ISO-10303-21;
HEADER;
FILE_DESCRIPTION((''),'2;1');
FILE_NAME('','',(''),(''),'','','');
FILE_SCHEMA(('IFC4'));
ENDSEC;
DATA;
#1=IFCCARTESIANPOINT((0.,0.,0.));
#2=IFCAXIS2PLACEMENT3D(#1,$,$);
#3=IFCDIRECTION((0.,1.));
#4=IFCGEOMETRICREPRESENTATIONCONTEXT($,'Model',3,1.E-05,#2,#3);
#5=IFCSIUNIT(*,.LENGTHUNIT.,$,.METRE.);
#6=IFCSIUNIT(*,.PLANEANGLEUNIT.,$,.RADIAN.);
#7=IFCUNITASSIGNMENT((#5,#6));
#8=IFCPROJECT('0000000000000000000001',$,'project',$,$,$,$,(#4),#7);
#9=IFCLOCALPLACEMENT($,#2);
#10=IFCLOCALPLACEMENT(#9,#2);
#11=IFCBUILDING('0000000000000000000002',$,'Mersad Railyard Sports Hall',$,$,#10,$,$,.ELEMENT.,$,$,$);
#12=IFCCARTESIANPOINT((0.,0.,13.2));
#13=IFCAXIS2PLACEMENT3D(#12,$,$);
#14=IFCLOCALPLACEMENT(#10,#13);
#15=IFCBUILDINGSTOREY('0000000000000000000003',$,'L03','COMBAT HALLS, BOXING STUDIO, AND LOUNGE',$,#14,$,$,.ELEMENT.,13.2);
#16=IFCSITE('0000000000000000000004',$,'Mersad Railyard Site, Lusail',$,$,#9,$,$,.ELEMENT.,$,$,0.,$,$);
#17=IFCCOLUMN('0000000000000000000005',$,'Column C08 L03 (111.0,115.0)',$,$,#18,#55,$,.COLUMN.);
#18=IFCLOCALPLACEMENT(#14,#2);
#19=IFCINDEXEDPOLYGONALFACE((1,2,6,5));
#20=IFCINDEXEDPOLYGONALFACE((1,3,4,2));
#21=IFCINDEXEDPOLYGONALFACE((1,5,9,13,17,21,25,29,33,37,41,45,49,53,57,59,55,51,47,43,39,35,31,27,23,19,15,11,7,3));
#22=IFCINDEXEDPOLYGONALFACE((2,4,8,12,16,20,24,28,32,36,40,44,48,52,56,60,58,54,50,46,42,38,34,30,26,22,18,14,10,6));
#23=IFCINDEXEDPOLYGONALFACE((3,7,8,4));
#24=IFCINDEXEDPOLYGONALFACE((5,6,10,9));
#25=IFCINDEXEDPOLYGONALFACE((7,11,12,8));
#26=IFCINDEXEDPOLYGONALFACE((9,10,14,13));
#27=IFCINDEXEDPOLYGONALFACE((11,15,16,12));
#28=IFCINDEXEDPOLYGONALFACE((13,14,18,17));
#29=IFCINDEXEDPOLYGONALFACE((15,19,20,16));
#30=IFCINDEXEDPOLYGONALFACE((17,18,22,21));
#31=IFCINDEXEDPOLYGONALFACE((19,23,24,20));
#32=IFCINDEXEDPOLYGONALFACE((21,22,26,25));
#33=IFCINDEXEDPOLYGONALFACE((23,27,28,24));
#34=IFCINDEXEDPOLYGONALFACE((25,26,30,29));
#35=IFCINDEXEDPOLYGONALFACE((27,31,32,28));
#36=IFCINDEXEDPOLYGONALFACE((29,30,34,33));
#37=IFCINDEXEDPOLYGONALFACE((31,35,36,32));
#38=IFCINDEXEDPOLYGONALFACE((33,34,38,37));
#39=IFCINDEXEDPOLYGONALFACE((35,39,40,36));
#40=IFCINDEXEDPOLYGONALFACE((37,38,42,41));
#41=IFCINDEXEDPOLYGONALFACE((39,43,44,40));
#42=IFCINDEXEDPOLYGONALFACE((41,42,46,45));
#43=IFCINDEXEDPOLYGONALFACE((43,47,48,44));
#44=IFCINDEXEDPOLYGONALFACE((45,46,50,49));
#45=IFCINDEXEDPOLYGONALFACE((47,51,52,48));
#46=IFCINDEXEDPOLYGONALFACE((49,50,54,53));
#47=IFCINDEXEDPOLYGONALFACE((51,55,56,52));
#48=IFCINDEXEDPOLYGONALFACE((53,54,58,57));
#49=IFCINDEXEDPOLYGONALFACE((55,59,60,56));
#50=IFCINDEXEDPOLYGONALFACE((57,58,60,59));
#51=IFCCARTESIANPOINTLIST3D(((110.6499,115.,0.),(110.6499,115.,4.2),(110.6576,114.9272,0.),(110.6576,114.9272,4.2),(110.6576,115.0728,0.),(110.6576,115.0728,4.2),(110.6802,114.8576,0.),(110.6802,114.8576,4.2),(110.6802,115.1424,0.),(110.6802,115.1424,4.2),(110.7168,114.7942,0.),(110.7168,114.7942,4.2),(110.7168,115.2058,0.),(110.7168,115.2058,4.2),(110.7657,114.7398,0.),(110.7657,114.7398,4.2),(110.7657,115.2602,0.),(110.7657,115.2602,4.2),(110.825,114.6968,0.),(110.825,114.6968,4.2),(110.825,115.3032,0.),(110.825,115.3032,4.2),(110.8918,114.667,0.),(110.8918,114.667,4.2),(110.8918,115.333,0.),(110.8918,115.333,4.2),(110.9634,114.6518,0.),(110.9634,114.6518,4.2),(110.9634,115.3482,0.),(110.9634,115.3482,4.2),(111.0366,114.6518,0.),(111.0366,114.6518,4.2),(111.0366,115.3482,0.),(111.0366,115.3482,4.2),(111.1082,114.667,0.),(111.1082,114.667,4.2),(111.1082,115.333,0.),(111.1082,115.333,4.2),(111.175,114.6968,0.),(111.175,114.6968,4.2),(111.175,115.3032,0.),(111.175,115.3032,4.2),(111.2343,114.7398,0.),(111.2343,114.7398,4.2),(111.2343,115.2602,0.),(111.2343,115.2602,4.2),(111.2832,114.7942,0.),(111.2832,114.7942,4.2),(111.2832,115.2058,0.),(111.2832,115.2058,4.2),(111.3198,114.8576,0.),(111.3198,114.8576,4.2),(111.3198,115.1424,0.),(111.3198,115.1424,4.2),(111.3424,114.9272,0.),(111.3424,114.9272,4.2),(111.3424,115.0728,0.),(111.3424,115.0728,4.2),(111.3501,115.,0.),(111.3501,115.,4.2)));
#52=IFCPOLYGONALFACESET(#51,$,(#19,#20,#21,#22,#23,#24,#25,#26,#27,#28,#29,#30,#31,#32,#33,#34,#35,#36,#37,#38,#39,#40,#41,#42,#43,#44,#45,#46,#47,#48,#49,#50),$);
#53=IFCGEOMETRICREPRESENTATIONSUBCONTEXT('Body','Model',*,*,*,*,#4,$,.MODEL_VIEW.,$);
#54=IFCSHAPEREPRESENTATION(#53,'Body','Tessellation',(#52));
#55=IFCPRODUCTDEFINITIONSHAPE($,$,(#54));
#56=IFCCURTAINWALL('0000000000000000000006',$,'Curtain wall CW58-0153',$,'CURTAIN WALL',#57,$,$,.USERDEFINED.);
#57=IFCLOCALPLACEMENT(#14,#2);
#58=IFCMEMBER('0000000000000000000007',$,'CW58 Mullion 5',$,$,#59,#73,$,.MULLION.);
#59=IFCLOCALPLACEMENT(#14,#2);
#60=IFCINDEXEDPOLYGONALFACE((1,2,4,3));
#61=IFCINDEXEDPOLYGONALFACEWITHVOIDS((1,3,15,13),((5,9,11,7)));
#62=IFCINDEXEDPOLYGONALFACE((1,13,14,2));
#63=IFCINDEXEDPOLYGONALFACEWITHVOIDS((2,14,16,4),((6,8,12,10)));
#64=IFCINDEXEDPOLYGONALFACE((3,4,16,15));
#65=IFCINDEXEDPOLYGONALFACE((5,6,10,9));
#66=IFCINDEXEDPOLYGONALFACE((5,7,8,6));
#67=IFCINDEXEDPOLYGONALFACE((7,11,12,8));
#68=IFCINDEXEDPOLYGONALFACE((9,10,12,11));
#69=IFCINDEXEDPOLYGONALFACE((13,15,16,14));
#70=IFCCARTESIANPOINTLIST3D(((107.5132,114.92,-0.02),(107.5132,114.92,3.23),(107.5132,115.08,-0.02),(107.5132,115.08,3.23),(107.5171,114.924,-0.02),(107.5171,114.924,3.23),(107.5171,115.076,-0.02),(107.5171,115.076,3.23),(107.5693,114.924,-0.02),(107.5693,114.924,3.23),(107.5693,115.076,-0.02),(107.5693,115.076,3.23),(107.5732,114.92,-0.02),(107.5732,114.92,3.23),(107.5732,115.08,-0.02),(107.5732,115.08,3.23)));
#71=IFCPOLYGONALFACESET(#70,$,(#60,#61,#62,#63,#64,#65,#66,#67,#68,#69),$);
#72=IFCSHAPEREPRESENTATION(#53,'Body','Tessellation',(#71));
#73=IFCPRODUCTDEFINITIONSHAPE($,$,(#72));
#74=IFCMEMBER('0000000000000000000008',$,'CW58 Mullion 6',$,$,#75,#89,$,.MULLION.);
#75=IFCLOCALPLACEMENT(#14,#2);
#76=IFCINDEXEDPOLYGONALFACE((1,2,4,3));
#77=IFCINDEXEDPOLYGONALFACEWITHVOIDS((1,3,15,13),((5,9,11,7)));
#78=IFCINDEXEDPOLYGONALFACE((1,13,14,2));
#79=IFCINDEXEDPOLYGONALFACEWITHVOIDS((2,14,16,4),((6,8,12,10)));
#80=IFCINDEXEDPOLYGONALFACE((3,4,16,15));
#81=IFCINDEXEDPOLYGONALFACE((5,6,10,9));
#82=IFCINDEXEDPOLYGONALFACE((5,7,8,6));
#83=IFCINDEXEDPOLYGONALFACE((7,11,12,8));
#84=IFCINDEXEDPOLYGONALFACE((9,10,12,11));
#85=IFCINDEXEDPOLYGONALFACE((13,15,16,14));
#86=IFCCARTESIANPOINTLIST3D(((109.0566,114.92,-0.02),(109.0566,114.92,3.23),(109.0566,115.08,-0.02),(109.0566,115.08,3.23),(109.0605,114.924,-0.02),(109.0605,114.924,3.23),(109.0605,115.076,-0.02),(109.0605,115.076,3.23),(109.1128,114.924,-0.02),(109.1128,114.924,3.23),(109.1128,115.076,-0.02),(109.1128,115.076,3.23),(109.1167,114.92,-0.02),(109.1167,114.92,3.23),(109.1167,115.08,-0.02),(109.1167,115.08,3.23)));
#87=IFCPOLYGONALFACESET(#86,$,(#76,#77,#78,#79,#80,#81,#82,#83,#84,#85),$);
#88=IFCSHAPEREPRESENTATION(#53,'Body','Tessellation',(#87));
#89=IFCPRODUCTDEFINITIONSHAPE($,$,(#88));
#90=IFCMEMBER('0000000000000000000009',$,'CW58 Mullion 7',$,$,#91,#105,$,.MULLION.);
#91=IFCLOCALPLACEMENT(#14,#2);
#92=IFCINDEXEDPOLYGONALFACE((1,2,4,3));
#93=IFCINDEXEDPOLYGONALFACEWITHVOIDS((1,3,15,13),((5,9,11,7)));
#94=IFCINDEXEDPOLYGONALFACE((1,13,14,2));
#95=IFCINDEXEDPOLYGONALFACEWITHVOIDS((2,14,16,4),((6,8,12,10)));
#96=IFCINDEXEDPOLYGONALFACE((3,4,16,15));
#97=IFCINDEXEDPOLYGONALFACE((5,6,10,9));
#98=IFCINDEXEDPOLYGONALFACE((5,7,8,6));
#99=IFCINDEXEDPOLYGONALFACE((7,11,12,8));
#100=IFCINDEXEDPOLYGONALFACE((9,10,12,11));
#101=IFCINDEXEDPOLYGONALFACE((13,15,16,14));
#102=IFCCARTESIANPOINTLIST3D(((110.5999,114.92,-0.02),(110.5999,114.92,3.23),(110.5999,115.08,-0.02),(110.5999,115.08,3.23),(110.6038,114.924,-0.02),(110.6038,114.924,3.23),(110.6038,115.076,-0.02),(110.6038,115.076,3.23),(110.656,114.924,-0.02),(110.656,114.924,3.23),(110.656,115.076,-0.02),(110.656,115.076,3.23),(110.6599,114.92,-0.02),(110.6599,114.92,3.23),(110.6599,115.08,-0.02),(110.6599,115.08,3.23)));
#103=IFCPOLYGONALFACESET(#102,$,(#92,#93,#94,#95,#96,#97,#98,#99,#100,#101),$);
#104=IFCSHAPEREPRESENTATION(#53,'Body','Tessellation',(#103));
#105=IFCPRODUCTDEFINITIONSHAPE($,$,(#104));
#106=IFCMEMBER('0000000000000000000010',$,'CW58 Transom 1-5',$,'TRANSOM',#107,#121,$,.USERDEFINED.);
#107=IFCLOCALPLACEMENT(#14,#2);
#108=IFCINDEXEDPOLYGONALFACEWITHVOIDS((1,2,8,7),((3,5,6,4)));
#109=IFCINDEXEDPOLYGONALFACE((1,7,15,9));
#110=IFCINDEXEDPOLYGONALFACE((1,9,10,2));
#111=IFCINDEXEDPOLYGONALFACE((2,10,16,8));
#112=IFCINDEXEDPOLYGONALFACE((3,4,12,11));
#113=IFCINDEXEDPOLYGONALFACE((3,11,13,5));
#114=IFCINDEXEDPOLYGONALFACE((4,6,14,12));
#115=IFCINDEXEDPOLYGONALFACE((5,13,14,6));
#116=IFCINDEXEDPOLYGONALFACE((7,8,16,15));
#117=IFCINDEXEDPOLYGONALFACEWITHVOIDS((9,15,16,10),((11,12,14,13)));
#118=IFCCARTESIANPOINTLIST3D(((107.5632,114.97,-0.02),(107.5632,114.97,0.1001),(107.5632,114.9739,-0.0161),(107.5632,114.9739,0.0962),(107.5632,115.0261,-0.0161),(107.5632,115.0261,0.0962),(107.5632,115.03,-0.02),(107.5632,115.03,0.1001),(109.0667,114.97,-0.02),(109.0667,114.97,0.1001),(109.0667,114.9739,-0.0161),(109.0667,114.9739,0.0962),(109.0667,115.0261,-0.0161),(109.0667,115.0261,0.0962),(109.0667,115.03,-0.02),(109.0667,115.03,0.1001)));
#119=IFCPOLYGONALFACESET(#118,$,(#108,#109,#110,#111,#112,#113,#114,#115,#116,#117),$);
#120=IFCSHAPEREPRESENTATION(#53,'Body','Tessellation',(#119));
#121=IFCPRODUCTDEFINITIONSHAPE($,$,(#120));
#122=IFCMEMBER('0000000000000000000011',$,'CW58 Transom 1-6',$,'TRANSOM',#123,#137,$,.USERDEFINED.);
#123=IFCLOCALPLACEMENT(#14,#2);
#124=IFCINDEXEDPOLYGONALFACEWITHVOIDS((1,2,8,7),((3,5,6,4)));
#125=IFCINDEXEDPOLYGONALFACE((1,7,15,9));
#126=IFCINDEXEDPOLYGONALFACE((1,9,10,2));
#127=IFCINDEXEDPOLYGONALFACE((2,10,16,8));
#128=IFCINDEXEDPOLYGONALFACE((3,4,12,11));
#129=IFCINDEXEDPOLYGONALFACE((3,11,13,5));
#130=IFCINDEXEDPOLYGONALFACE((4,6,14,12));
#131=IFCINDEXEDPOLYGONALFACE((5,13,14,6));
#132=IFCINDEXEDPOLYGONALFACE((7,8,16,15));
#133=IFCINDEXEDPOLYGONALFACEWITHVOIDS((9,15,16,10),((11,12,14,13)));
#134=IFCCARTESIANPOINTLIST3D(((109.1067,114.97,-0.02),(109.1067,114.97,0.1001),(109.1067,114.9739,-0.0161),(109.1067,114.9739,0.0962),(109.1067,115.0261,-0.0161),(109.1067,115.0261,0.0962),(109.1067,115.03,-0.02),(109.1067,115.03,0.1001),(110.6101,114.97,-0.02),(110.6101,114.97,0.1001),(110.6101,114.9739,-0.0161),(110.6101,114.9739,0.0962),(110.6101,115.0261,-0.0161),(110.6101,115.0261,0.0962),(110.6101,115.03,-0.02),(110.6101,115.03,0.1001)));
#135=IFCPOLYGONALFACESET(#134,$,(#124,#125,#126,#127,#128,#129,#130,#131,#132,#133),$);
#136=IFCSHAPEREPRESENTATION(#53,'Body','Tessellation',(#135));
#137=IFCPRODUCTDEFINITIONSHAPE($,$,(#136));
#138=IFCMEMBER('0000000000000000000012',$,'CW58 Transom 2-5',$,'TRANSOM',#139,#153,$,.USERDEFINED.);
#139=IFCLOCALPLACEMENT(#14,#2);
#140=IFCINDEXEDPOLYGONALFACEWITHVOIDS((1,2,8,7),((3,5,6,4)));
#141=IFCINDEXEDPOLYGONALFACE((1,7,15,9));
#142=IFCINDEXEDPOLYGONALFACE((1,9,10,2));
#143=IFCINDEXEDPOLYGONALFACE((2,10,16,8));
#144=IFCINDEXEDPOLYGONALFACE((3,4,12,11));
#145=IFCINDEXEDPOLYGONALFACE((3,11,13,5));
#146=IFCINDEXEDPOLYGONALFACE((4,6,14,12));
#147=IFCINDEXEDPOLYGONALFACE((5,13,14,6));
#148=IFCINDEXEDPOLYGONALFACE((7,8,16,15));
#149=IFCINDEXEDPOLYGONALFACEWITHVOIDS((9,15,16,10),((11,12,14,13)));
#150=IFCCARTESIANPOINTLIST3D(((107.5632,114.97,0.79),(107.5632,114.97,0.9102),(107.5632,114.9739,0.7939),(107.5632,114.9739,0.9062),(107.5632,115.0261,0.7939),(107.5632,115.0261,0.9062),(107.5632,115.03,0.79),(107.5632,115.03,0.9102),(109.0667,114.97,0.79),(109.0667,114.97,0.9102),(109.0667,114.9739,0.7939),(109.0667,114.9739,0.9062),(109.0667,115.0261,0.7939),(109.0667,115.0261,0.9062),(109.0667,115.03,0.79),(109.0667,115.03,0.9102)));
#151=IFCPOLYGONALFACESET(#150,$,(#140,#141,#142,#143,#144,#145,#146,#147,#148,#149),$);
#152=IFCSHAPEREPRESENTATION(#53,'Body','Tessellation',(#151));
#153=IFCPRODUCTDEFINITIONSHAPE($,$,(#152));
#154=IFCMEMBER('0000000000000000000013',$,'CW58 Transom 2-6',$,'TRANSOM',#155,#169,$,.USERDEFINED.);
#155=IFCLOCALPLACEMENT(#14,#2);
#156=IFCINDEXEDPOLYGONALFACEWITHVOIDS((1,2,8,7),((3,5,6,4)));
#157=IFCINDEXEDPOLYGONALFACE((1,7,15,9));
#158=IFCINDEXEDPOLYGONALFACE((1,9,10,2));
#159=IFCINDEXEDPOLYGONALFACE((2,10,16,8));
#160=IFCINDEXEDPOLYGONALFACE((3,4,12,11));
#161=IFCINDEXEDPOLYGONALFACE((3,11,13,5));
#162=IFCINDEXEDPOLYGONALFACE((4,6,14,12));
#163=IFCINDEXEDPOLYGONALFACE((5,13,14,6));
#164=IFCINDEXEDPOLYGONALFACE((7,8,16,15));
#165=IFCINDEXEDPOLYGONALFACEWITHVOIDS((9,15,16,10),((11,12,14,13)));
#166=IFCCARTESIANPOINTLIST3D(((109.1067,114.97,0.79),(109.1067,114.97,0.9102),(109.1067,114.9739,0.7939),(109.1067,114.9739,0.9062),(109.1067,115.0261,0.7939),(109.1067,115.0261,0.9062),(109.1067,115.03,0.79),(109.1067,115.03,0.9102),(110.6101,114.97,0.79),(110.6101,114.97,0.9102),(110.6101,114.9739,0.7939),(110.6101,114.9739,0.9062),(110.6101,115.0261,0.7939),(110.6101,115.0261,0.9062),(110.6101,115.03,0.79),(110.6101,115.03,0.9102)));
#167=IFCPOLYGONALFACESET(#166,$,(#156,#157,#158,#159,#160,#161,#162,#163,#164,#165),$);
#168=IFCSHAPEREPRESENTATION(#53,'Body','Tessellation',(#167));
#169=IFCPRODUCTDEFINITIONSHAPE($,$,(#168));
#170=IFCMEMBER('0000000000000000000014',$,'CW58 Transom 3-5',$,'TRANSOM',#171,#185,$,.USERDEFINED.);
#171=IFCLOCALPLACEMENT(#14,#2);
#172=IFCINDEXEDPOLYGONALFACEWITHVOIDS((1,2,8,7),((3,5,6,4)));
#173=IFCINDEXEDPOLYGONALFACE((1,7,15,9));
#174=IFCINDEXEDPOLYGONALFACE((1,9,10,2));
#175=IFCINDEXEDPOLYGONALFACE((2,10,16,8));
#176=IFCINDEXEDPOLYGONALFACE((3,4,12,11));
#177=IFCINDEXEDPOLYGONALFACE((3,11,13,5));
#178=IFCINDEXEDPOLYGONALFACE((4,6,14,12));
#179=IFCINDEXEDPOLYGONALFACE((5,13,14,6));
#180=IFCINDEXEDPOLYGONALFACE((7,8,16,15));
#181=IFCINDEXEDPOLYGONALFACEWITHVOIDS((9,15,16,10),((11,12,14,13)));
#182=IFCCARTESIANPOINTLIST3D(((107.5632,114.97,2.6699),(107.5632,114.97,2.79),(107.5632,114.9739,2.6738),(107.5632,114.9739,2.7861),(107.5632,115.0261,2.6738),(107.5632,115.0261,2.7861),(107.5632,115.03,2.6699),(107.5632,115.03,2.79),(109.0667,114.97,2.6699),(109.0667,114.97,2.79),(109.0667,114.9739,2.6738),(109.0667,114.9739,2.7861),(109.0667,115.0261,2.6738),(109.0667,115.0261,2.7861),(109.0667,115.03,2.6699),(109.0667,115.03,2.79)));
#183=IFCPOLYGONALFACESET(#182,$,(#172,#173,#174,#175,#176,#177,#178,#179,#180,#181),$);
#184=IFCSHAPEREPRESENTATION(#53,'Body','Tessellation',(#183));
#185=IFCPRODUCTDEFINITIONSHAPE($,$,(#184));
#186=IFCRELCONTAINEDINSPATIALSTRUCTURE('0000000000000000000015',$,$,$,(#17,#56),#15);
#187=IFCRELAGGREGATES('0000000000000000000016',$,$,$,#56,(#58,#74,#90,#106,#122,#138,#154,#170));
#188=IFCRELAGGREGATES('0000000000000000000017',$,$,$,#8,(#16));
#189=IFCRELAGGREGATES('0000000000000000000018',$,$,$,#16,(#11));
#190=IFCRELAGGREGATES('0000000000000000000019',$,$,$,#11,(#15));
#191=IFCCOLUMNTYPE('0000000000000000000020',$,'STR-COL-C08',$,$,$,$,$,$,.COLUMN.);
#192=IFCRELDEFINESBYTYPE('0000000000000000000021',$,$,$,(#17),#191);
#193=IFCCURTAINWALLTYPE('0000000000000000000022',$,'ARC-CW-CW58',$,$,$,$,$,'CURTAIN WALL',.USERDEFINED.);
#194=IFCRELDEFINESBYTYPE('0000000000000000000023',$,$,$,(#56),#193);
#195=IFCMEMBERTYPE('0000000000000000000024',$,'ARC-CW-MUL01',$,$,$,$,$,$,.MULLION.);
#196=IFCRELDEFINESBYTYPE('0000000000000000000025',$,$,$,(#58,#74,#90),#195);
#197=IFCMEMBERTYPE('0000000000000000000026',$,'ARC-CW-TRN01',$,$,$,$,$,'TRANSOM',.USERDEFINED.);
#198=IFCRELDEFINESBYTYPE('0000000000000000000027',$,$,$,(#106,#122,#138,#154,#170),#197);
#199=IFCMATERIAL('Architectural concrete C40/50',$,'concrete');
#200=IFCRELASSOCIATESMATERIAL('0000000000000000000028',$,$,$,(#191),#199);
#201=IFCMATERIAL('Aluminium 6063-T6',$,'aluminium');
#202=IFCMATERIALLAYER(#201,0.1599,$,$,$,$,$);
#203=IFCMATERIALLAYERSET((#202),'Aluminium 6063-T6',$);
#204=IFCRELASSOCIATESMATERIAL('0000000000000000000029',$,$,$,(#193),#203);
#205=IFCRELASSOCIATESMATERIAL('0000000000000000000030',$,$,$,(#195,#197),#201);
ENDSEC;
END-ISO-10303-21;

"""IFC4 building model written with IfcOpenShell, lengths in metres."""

from ifc_helpers import new_model, si_unit, direction, frame, origin, origin_2d, place, context, subcontext, project, spatial, hollow_rectangle, circle, extrude, material, layer, layer_set, material_profile, profile_set, type_object, element, aggregate, save


model = new_model("IFC4")

# Units and contexts
model_context = context("Model", 3, precision=1e-05, world=origin(), true_north=direction((0.0, 1.0)))
body_context = subcontext(model_context, "Body", "Model", "MODEL_VIEW")
ifc_project = project(units=[si_unit("LENGTHUNIT", "METRE"), si_unit("PLANEANGLEUNIT", "RADIAN")], contexts=[model_context])

# Site, building, storey
site_placement = place(None, origin())
site = spatial("IfcSite", under=ifc_project, at=site_placement, Name="Mersad Railyard Site, Lusail", CompositionType="ELEMENT", RefElevation=0.0)
building_placement = place(site_placement, origin())
building = spatial("IfcBuilding", under=site, at=building_placement, Name="Mersad Railyard Sports Hall", CompositionType="ELEMENT")
storey_placement = place(building_placement, frame((0.0, 0.0, 13.2)))
storey = spatial("IfcBuildingStorey", under=building, at=storey_placement, Name="L03", Description="COMBAT HALLS, BOXING STUDIO, AND LOUNGE", CompositionType="ELEMENT", Elevation=13.2)

# Column
ifc_material_1 = material(Name="Architectural concrete C40/50", Category="concrete")
ifc_material_profile_1 = material_profile(ifc_material_1, circle(Radius=0.3501, at=origin_2d()), Name="RC D700")
ifc_profile_set_1 = profile_set([ifc_material_profile_1], Name="Architectural concrete C40/50")
column_type = type_object("IfcColumnType", Name="STR-COL-C08", PredefinedType="COLUMN", material=ifc_profile_set_1)
column_placement = place(storey_placement, frame((111.0, 115.0, 0.0), z_axis=(0.0, 0.0, 1.0), x_axis=(1.0, 0.0, 0.0)))
element("IfcColumn", 1, at=column_placement, inside=storey, type_object=column_type, Name="Column C08 L03 (111.0,115.0)", PredefinedType="COLUMN", context=body_context, shape_type="SweptSolid", body=[
    extrude(circle(Radius=0.3501, at=origin_2d()), origin(), (0.0, 0.0, 1.0), 4.2),
])

# Curtain wall, members
ifc_material_2 = material(Name="Aluminium 6063-T6", Category="aluminium")
ifc_layer_1 = layer(ifc_material_2, 0.1599)
ifc_layer_set_1 = layer_set([ifc_layer_1], Name="Aluminium 6063-T6")
curtain_wall_type = type_object("IfcCurtainWallType", Name="ARC-CW-CW58", ElementType="CURTAIN WALL", PredefinedType="USERDEFINED", material=ifc_layer_set_1)
curtain_wall_placement = place(storey_placement, origin())
curtain_wall = element("IfcCurtainWall", 2, at=curtain_wall_placement, inside=storey, type_object=curtain_wall_type, Name="Curtain wall CW58-0153", ObjectType="CURTAIN WALL", PredefinedType="USERDEFINED")
ifc_material_profile_2 = material_profile(ifc_material_2, hollow_rectangle(XDim=0.0601, YDim=0.1599, WallThickness=0.0039, at=origin_2d()), Name="AL MULLION 60x160x4")
ifc_profile_set_2 = profile_set([ifc_material_profile_2], Name="Aluminium 6063-T6")
member_type_1 = type_object("IfcMemberType", Name="ARC-CW-MUL01", PredefinedType="MULLION", material=ifc_profile_set_2)
member_1_placement = place(storey_placement, frame((107.5432, 115.0, -0.02), z_axis=(0.0, 0.0, 1.0), x_axis=(1.0, 0.0, 0.0)))
member_1 = element("IfcMember", 3, at=member_1_placement, type_object=member_type_1, Name="CW58 Mullion 5", PredefinedType="MULLION", context=body_context, shape_type="SweptSolid", body=[
    extrude(hollow_rectangle(XDim=0.0601, YDim=0.1599, WallThickness=0.0039, at=origin_2d()), origin(), (0.0, 0.0, 1.0), 3.25),
])
member_2_placement = place(storey_placement, frame((109.0867, 115.0, -0.02), z_axis=(0.0, 0.0, 1.0), x_axis=(1.0, 0.0, 0.0)))
member_2 = element("IfcMember", 4, at=member_2_placement, type_object=member_type_1, Name="CW58 Mullion 6", PredefinedType="MULLION", context=body_context, shape_type="SweptSolid", body=[
    extrude(hollow_rectangle(XDim=0.0601, YDim=0.1599, WallThickness=0.0039, at=origin_2d()), origin(), (0.0, 0.0, 1.0), 3.25),
])
member_3_placement = place(storey_placement, frame((110.6299, 115.0, -0.02), z_axis=(0.0, 0.0, 1.0), x_axis=(1.0, 0.0, 0.0)))
member_3 = element("IfcMember", 5, at=member_3_placement, type_object=member_type_1, Name="CW58 Mullion 7", PredefinedType="MULLION", context=body_context, shape_type="SweptSolid", body=[
    extrude(hollow_rectangle(XDim=0.0601, YDim=0.1599, WallThickness=0.0039, at=origin_2d()), origin(), (0.0, 0.0, 1.0), 3.25),
])
ifc_material_profile_3 = material_profile(ifc_material_2, hollow_rectangle(XDim=0.0601, YDim=0.1201, WallThickness=0.0039, at=origin_2d()), Name="AL TRANSOM 60x120x4")
ifc_profile_set_3 = profile_set([ifc_material_profile_3], Name="Aluminium 6063-T6")
member_type_2 = type_object("IfcMemberType", Name="ARC-CW-TRN01", ElementType="TRANSOM", PredefinedType="USERDEFINED", material=ifc_profile_set_3)
member_4_placement = place(storey_placement, frame((107.5632, 115.0, 0.04), z_axis=(1.0, 0.0, 0.0), x_axis=(0.0, 1.0, 0.0)))
member_4 = element("IfcMember", 6, at=member_4_placement, type_object=member_type_2, Name="CW58 Transom 1-5", ObjectType="TRANSOM", PredefinedType="USERDEFINED", context=body_context, shape_type="SweptSolid", body=[
    extrude(hollow_rectangle(XDim=0.0601, YDim=0.1201, WallThickness=0.0039, at=origin_2d()), origin(), (0.0, 0.0, 1.0), 1.5034),
])
member_5_placement = place(storey_placement, frame((109.1067, 115.0, 0.04), z_axis=(1.0, 0.0, 0.0), x_axis=(0.0, 1.0, 0.0)))
member_5 = element("IfcMember", 7, at=member_5_placement, type_object=member_type_2, Name="CW58 Transom 1-6", ObjectType="TRANSOM", PredefinedType="USERDEFINED", context=body_context, shape_type="SweptSolid", body=[
    extrude(hollow_rectangle(XDim=0.0601, YDim=0.1201, WallThickness=0.0039, at=origin_2d()), origin(), (0.0, 0.0, 1.0), 1.5034),
])
member_6_placement = place(storey_placement, frame((107.5632, 115.0, 0.8501), z_axis=(1.0, 0.0, 0.0), x_axis=(0.0, 1.0, 0.0)))
member_6 = element("IfcMember", 8, at=member_6_placement, type_object=member_type_2, Name="CW58 Transom 2-5", ObjectType="TRANSOM", PredefinedType="USERDEFINED", context=body_context, shape_type="SweptSolid", body=[
    extrude(hollow_rectangle(XDim=0.0601, YDim=0.1201, WallThickness=0.0039, at=origin_2d()), origin(), (0.0, 0.0, 1.0), 1.5034),
])
member_7_placement = place(storey_placement, frame((109.1067, 115.0, 0.8501), z_axis=(1.0, 0.0, 0.0), x_axis=(0.0, 1.0, 0.0)))
member_7 = element("IfcMember", 9, at=member_7_placement, type_object=member_type_2, Name="CW58 Transom 2-6", ObjectType="TRANSOM", PredefinedType="USERDEFINED", context=body_context, shape_type="SweptSolid", body=[
    extrude(hollow_rectangle(XDim=0.0601, YDim=0.1201, WallThickness=0.0039, at=origin_2d()), origin(), (0.0, 0.0, 1.0), 1.5034),
])
member_8_placement = place(storey_placement, frame((107.5632, 115.0, 2.73), z_axis=(1.0, 0.0, 0.0), x_axis=(0.0, 1.0, 0.0)))
member_8 = element("IfcMember", 10, at=member_8_placement, type_object=member_type_2, Name="CW58 Transom 3-5", ObjectType="TRANSOM", PredefinedType="USERDEFINED", context=body_context, shape_type="SweptSolid", body=[
    extrude(hollow_rectangle(XDim=0.0601, YDim=0.1201, WallThickness=0.0039, at=origin_2d()), origin(), (0.0, 0.0, 1.0), 1.5034),
])

aggregate(curtain_wall, [member_1, member_2, member_3, member_4, member_5, member_6, member_7, member_8])

save(model, "model.ifc")
